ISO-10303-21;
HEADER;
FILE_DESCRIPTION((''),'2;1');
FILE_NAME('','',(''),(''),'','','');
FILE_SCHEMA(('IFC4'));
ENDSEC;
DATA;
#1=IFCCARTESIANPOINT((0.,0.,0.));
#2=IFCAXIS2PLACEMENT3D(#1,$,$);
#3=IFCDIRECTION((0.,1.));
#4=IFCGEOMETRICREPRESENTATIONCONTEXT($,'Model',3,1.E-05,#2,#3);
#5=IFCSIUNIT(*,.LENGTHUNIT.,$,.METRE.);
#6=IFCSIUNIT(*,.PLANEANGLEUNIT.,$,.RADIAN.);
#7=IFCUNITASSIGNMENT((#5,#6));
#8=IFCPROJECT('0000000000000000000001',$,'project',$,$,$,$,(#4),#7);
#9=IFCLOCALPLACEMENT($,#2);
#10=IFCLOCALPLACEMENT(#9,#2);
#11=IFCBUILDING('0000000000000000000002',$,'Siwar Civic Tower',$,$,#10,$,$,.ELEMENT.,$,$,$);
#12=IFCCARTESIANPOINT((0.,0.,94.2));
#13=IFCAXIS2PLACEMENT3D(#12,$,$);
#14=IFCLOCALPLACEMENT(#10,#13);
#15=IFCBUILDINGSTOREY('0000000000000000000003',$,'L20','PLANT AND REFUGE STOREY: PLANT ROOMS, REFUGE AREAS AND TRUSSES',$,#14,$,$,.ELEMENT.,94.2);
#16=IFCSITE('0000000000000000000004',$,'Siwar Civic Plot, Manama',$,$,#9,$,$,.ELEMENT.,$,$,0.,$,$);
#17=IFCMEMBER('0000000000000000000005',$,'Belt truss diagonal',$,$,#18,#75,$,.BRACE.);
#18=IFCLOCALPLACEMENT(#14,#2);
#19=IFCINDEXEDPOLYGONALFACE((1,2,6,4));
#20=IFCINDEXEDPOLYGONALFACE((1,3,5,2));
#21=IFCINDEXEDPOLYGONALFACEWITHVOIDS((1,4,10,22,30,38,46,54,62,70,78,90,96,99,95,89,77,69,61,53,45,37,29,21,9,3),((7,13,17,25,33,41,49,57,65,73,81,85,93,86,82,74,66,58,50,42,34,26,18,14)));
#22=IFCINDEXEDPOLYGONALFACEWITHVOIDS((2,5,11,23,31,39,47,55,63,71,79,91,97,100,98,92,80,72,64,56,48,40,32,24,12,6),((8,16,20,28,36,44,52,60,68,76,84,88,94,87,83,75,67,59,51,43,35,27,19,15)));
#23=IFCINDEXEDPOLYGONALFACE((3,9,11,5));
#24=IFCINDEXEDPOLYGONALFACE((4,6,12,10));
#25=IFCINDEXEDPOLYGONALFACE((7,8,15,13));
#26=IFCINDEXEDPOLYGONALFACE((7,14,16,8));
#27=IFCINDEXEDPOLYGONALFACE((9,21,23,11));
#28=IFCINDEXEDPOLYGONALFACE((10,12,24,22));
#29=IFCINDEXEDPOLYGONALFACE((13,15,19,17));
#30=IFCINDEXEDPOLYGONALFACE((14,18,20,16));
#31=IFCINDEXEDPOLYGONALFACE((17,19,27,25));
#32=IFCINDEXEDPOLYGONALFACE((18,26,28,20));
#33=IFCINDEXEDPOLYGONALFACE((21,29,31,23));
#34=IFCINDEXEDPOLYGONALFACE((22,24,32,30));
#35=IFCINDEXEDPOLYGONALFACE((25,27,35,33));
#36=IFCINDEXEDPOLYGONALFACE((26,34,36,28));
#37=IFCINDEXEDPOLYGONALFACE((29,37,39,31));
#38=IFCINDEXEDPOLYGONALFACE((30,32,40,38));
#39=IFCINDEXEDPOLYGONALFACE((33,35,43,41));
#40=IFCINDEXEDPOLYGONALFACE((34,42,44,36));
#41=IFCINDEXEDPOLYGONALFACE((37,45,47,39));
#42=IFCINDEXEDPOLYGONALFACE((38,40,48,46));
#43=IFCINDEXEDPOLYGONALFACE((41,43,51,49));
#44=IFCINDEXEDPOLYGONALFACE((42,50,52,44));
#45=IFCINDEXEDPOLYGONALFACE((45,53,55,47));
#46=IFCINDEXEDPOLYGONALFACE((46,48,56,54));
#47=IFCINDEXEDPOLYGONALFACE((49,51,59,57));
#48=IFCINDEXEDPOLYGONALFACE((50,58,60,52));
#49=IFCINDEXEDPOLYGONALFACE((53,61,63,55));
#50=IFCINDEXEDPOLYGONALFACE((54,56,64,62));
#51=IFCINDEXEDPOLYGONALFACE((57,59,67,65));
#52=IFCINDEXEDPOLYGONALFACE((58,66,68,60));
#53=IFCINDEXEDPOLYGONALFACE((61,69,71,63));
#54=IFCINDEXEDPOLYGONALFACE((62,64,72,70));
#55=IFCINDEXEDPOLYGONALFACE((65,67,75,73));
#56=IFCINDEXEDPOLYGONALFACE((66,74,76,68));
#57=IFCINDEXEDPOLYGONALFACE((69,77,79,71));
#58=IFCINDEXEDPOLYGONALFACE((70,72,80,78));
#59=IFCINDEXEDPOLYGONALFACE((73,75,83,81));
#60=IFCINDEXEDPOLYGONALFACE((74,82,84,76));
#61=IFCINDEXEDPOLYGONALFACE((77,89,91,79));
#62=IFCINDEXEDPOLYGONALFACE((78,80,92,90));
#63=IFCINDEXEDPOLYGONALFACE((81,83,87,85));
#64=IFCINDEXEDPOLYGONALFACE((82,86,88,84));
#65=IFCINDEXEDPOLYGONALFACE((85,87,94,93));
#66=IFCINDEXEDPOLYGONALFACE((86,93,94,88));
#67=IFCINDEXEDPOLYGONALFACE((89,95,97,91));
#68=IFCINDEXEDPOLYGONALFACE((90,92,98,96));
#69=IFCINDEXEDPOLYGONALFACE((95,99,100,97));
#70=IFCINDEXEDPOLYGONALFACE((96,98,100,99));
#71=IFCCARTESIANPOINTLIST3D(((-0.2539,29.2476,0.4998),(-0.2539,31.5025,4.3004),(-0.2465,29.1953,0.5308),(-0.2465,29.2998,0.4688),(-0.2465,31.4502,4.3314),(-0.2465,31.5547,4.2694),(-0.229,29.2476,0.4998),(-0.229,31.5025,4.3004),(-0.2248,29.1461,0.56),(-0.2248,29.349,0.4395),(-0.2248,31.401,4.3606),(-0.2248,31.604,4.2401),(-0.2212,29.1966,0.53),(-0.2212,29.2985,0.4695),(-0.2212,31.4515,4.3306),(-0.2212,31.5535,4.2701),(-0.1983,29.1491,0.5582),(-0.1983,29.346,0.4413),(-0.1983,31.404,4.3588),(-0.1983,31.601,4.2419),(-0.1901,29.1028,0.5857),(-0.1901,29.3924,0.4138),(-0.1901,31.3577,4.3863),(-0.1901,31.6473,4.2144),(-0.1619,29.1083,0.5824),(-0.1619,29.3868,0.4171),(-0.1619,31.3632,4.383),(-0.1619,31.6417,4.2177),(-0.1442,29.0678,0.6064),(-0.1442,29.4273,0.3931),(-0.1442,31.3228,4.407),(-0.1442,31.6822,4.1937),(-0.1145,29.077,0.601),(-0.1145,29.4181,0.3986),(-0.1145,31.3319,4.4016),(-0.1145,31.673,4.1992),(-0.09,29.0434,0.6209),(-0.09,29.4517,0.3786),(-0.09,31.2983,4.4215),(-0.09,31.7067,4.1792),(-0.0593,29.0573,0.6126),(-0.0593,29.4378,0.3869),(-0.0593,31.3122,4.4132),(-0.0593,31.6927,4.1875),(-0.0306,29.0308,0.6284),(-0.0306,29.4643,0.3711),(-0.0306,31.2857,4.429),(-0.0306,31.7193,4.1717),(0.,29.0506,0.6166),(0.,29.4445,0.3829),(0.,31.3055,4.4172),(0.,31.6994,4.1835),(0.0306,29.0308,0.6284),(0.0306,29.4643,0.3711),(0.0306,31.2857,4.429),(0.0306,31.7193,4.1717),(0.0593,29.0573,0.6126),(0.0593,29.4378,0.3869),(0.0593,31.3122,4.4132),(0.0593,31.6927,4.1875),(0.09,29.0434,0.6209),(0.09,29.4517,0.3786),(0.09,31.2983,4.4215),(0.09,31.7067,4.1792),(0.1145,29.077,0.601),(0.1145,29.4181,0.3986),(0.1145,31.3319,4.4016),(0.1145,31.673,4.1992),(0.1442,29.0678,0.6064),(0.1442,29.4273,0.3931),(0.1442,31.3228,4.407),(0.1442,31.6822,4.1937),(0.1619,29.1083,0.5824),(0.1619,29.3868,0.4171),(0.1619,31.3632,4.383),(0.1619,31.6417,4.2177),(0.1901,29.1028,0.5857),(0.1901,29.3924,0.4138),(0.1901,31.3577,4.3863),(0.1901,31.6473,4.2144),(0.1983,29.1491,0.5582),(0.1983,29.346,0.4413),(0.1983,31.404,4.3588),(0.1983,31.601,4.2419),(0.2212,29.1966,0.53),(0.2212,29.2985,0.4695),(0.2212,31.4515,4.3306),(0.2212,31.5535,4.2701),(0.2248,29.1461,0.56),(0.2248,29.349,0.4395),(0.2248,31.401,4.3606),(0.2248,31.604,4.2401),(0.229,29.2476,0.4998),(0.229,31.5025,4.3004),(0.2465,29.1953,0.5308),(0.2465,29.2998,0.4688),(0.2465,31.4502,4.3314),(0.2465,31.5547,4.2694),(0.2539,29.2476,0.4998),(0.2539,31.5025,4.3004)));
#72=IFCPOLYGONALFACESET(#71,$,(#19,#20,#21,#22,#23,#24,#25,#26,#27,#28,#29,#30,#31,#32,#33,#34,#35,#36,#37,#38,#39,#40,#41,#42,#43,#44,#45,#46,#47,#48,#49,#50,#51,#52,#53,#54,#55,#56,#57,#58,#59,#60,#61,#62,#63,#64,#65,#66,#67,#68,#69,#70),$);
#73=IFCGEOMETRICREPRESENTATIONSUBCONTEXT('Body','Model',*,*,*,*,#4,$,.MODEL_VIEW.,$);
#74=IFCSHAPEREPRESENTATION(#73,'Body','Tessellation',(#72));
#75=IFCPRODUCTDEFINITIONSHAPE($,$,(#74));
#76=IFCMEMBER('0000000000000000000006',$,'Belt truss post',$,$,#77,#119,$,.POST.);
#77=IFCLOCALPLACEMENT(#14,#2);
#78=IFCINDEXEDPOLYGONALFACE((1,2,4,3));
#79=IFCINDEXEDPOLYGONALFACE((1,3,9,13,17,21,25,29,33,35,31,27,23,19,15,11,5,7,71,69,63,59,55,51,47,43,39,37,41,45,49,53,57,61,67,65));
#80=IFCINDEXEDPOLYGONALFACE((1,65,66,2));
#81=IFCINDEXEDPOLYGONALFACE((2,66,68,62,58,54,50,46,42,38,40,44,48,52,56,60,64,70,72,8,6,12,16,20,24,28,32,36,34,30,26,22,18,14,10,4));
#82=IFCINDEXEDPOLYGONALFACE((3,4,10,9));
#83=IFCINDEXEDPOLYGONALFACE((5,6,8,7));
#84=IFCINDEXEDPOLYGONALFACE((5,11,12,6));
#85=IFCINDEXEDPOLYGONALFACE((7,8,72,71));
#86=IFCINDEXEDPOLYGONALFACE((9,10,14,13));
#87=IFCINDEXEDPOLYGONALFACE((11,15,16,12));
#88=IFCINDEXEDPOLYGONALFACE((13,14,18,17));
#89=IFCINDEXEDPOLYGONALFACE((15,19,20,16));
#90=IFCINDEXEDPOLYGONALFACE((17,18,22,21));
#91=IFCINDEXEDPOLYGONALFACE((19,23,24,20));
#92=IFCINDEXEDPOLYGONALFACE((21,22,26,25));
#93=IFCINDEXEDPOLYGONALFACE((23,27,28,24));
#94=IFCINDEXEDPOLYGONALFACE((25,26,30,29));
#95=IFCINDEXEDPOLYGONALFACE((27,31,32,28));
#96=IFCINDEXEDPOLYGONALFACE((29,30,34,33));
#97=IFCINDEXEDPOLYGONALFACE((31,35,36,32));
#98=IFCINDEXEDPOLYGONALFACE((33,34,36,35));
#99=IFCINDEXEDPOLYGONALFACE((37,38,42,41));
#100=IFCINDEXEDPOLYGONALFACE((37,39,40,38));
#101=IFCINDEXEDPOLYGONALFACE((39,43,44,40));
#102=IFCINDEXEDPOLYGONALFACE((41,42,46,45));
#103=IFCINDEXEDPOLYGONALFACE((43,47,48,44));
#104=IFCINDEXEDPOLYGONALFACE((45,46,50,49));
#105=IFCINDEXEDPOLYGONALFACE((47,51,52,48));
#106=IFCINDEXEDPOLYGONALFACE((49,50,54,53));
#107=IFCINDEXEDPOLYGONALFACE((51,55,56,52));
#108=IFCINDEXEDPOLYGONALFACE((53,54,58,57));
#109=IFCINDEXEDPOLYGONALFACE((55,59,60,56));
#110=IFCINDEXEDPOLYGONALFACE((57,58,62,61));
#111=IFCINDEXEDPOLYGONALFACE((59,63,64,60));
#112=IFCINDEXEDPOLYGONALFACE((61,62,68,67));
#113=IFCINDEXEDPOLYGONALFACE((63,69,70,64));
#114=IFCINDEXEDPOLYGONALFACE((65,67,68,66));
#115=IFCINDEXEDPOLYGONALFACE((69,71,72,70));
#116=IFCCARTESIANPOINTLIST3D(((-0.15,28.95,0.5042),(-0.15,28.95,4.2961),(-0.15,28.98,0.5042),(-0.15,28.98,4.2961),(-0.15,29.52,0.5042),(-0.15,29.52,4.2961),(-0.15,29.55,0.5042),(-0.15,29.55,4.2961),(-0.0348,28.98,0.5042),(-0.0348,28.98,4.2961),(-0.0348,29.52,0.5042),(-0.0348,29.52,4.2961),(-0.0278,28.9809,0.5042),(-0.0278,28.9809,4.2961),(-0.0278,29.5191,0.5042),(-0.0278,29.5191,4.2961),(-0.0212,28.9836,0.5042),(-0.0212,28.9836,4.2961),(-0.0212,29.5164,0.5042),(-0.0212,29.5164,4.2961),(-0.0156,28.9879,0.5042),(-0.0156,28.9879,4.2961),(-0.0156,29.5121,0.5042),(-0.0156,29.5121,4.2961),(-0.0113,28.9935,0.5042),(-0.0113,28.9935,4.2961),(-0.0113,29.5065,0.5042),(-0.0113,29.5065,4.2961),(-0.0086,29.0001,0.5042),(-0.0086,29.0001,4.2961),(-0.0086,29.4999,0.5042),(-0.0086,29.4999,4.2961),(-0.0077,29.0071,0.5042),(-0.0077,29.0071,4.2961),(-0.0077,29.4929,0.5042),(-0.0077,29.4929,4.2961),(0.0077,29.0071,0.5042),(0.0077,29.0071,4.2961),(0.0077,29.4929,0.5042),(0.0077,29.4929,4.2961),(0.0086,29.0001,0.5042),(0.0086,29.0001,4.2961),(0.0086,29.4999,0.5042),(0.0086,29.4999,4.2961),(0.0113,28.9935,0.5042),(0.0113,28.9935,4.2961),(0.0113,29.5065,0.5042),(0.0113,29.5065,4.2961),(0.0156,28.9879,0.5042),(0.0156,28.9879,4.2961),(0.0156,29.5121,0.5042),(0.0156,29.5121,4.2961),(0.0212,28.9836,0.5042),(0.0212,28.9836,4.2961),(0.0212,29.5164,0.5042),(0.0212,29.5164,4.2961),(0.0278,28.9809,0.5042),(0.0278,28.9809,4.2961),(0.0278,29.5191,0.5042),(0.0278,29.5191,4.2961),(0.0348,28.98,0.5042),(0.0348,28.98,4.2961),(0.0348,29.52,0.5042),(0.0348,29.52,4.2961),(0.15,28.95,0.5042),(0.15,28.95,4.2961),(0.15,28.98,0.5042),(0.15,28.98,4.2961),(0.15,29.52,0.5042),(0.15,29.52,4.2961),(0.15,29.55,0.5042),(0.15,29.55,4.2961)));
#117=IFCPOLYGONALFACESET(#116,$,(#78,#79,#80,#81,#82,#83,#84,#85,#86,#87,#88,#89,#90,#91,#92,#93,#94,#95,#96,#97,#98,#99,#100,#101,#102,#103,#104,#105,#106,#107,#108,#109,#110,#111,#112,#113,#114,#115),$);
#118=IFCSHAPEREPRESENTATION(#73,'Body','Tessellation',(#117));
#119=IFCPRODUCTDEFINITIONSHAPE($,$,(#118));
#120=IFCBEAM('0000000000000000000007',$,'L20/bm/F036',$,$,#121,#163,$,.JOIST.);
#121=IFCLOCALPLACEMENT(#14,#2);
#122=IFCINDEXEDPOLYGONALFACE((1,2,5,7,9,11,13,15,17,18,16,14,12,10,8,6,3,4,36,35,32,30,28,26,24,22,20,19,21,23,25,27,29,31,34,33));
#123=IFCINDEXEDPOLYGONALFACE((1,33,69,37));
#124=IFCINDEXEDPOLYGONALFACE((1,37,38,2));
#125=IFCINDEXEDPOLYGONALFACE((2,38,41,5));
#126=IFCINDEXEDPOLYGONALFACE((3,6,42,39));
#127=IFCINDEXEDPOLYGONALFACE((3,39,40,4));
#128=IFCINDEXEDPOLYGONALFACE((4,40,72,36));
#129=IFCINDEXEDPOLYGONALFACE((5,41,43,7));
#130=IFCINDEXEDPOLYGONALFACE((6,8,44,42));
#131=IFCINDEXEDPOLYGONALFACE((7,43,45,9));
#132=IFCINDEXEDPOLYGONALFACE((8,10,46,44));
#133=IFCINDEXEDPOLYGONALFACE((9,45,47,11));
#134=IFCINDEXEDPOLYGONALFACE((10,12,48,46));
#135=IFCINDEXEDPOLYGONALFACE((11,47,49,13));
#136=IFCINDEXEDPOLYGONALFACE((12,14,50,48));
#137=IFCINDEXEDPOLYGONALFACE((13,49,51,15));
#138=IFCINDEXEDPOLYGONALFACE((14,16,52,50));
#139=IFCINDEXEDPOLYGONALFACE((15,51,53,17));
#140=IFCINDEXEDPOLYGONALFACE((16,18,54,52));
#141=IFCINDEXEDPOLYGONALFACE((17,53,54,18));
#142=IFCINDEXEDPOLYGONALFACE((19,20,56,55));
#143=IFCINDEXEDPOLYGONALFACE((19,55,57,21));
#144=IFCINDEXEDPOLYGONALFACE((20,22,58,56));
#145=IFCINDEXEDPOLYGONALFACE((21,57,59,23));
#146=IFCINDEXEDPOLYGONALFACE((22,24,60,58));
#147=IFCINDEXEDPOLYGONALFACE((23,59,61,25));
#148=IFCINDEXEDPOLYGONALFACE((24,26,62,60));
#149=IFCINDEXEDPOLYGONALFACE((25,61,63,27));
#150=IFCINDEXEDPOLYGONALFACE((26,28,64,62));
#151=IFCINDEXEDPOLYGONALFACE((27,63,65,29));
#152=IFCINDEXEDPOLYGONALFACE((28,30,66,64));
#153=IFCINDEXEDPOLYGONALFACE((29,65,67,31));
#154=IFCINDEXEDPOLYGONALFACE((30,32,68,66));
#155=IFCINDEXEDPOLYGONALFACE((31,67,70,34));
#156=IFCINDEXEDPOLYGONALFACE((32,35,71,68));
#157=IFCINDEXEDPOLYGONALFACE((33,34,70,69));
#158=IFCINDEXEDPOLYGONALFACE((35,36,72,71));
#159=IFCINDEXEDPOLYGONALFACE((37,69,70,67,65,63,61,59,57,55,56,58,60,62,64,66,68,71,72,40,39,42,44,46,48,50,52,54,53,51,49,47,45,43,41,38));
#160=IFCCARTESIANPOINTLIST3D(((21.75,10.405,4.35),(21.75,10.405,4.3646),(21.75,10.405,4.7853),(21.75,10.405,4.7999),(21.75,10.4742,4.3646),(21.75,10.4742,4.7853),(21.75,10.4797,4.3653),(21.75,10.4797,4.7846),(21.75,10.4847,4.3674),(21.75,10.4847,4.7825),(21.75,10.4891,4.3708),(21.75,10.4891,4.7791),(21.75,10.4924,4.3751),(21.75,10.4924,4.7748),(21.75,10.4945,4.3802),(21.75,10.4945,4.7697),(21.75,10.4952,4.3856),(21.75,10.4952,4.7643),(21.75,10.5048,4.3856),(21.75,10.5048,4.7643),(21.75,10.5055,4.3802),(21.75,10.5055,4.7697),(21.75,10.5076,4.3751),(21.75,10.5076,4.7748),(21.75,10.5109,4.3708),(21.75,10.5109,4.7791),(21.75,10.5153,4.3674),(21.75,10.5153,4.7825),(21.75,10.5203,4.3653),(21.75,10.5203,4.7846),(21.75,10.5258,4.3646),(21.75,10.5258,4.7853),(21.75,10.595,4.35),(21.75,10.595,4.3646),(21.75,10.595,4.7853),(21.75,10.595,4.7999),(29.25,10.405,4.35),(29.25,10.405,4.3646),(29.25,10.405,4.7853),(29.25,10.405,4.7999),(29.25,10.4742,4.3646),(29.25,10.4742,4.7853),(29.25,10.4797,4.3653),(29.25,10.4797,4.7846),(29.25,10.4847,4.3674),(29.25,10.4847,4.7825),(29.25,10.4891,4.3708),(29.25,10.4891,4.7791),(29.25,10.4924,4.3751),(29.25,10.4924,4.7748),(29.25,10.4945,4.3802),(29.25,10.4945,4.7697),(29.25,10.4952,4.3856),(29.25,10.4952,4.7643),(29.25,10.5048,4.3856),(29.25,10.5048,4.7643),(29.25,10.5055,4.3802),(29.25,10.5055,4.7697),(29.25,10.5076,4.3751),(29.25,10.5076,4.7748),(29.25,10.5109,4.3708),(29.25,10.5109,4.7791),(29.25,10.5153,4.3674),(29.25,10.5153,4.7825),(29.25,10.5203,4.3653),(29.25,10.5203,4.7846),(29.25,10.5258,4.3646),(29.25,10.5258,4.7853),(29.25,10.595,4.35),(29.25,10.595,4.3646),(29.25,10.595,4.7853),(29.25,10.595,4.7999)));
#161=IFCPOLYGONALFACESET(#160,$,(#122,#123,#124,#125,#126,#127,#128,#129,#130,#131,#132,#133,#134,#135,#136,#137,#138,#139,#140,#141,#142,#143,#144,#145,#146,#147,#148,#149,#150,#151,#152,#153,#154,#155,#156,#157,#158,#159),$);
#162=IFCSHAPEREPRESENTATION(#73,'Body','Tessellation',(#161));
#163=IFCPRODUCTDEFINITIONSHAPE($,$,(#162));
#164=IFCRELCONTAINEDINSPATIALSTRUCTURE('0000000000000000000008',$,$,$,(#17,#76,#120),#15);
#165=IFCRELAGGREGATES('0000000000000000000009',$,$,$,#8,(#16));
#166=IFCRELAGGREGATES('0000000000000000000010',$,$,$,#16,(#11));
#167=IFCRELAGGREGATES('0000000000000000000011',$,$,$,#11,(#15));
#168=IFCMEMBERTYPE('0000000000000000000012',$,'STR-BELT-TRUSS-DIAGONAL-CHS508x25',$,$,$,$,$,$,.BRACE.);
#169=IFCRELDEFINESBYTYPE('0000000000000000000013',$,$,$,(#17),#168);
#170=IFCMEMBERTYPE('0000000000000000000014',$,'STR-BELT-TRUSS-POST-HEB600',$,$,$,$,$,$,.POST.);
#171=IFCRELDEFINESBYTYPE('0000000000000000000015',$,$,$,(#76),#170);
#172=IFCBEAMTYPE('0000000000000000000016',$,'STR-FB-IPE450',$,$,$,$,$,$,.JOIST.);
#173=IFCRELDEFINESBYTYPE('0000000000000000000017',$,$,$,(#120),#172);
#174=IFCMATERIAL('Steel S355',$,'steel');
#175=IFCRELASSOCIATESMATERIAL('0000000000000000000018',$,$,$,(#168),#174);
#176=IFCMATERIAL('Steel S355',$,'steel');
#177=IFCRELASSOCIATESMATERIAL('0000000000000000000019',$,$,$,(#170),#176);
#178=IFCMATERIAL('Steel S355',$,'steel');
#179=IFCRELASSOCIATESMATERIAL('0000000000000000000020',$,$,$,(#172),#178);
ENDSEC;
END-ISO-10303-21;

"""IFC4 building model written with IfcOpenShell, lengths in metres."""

from ifc_helpers import new_model, si_unit, direction, frame, origin, origin_2d, place, context, subcontext, project, spatial, hollow_circle, i_section, extrude, material, material_profile, profile_set, type_object, element, save


model = new_model("IFC4")

# Units and contexts
model_context = context("Model", 3, precision=1e-05, world=origin(), true_north=direction((0.0, 1.0)))
body_context = subcontext(model_context, "Body", "Model", "MODEL_VIEW")
ifc_project = project(units=[si_unit("LENGTHUNIT", "METRE"), si_unit("PLANEANGLEUNIT", "RADIAN")], contexts=[model_context])

# Site, building, storey
site_placement = place(None, origin())
site = spatial("IfcSite", under=ifc_project, at=site_placement, Name="Siwar Civic Plot, Manama", CompositionType="ELEMENT", RefElevation=0.0)
building_placement = place(site_placement, origin())
building = spatial("IfcBuilding", under=site, at=building_placement, Name="Siwar Civic Tower", CompositionType="ELEMENT")
storey_placement = place(building_placement, frame((0.0, 0.0, 94.2)))
storey = spatial("IfcBuildingStorey", under=building, at=storey_placement, Name="L20", Description="PLANT AND REFUGE STOREY: PLANT ROOMS, REFUGE AREAS AND TRUSSES", CompositionType="ELEMENT", Elevation=94.2)

# Members
ifc_material_1 = material(Name="Steel S355", Category="steel")
ifc_material_profile_1 = material_profile(ifc_material_1, hollow_circle(Radius=0.2539, WallThickness=0.0249, at=origin_2d()), Name="CHS508x25")
ifc_profile_set_1 = profile_set([ifc_material_profile_1], Name="Steel S355")
member_type_1 = type_object("IfcMemberType", Name="STR-BELT-TRUSS-DIAGONAL-CHS508x25", PredefinedType="BRACE", material=ifc_profile_set_1)
for number, where, z_axis, x_axis, name in (
    (1, (0.0, 29.2476, 0.4998), (0.0, 0.510257, 0.860022), (-1.0, 0.0, 0.0), "Belt truss diagonal"),
):
    element("IfcMember", number, at=place(storey_placement, frame(where, z_axis=z_axis, x_axis=x_axis)), inside=storey, type_object=member_type_1, Name=name, PredefinedType="BRACE", context=body_context, shape_type="SweptSolid", body=[
        extrude(hollow_circle(Radius=0.2539, WallThickness=0.0249, at=origin_2d()), origin(), (0.0, 0.0, 1.0), 4.4192),
    ])
ifc_material_2 = material(Name="Steel S355", Category="steel")
ifc_material_profile_2 = material_profile(ifc_material_2, i_section(OverallWidth=0.3, OverallDepth=0.6001, WebThickness=0.0154, FlangeThickness=0.03, FilletRadius=0.0271, at=origin_2d()), Name="HEB600")
ifc_profile_set_2 = profile_set([ifc_material_profile_2], Name="Steel S355")
member_type_2 = type_object("IfcMemberType", Name="STR-BELT-TRUSS-POST-HEB600", PredefinedType="POST", material=ifc_profile_set_2)
member_1_placement = place(storey_placement, frame((0.0, 29.25, 0.5042), z_axis=(0.0, 0.0, 1.0), x_axis=(1.0, 0.0, 0.0)))
element("IfcMember", 2, at=member_1_placement, inside=storey, type_object=member_type_2, Name="Belt truss post", PredefinedType="POST", context=body_context, shape_type="SweptSolid", body=[
    extrude(i_section(OverallWidth=0.3, OverallDepth=0.6001, WebThickness=0.0154, FlangeThickness=0.03, FilletRadius=0.0271, at=origin_2d()), origin(), (0.0, 0.0, 1.0), 3.792),
])

# Beam
ifc_material_3 = material(Name="Steel S355", Category="steel")
ifc_material_profile_3 = material_profile(ifc_material_3, i_section(OverallWidth=0.1899, OverallDepth=0.45, WebThickness=0.0095, FlangeThickness=0.0146, FilletRadius=0.021, at=origin_2d()), Name="IPE450")
ifc_profile_set_3 = profile_set([ifc_material_profile_3], Name="Steel S355")
beam_type_1 = type_object("IfcBeamType", Name="STR-FB-IPE450", PredefinedType="JOIST", material=ifc_profile_set_3)
beam_1_placement = place(storey_placement, frame((21.75, 10.5, 4.575), z_axis=(1.0, 0.0, 0.0), x_axis=(0.0, 1.0, 0.0)))
element("IfcBeam", 3, at=beam_1_placement, inside=storey, type_object=beam_type_1, Name="L20/bm/F036", PredefinedType="JOIST", context=body_context, shape_type="SweptSolid", body=[
    extrude(i_section(OverallWidth=0.1899, OverallDepth=0.45, WebThickness=0.0095, FlangeThickness=0.0146, FilletRadius=0.021, at=origin_2d()), origin(), (0.0, 0.0, 1.0), 7.5),
])

save(model, "model.ifc")
